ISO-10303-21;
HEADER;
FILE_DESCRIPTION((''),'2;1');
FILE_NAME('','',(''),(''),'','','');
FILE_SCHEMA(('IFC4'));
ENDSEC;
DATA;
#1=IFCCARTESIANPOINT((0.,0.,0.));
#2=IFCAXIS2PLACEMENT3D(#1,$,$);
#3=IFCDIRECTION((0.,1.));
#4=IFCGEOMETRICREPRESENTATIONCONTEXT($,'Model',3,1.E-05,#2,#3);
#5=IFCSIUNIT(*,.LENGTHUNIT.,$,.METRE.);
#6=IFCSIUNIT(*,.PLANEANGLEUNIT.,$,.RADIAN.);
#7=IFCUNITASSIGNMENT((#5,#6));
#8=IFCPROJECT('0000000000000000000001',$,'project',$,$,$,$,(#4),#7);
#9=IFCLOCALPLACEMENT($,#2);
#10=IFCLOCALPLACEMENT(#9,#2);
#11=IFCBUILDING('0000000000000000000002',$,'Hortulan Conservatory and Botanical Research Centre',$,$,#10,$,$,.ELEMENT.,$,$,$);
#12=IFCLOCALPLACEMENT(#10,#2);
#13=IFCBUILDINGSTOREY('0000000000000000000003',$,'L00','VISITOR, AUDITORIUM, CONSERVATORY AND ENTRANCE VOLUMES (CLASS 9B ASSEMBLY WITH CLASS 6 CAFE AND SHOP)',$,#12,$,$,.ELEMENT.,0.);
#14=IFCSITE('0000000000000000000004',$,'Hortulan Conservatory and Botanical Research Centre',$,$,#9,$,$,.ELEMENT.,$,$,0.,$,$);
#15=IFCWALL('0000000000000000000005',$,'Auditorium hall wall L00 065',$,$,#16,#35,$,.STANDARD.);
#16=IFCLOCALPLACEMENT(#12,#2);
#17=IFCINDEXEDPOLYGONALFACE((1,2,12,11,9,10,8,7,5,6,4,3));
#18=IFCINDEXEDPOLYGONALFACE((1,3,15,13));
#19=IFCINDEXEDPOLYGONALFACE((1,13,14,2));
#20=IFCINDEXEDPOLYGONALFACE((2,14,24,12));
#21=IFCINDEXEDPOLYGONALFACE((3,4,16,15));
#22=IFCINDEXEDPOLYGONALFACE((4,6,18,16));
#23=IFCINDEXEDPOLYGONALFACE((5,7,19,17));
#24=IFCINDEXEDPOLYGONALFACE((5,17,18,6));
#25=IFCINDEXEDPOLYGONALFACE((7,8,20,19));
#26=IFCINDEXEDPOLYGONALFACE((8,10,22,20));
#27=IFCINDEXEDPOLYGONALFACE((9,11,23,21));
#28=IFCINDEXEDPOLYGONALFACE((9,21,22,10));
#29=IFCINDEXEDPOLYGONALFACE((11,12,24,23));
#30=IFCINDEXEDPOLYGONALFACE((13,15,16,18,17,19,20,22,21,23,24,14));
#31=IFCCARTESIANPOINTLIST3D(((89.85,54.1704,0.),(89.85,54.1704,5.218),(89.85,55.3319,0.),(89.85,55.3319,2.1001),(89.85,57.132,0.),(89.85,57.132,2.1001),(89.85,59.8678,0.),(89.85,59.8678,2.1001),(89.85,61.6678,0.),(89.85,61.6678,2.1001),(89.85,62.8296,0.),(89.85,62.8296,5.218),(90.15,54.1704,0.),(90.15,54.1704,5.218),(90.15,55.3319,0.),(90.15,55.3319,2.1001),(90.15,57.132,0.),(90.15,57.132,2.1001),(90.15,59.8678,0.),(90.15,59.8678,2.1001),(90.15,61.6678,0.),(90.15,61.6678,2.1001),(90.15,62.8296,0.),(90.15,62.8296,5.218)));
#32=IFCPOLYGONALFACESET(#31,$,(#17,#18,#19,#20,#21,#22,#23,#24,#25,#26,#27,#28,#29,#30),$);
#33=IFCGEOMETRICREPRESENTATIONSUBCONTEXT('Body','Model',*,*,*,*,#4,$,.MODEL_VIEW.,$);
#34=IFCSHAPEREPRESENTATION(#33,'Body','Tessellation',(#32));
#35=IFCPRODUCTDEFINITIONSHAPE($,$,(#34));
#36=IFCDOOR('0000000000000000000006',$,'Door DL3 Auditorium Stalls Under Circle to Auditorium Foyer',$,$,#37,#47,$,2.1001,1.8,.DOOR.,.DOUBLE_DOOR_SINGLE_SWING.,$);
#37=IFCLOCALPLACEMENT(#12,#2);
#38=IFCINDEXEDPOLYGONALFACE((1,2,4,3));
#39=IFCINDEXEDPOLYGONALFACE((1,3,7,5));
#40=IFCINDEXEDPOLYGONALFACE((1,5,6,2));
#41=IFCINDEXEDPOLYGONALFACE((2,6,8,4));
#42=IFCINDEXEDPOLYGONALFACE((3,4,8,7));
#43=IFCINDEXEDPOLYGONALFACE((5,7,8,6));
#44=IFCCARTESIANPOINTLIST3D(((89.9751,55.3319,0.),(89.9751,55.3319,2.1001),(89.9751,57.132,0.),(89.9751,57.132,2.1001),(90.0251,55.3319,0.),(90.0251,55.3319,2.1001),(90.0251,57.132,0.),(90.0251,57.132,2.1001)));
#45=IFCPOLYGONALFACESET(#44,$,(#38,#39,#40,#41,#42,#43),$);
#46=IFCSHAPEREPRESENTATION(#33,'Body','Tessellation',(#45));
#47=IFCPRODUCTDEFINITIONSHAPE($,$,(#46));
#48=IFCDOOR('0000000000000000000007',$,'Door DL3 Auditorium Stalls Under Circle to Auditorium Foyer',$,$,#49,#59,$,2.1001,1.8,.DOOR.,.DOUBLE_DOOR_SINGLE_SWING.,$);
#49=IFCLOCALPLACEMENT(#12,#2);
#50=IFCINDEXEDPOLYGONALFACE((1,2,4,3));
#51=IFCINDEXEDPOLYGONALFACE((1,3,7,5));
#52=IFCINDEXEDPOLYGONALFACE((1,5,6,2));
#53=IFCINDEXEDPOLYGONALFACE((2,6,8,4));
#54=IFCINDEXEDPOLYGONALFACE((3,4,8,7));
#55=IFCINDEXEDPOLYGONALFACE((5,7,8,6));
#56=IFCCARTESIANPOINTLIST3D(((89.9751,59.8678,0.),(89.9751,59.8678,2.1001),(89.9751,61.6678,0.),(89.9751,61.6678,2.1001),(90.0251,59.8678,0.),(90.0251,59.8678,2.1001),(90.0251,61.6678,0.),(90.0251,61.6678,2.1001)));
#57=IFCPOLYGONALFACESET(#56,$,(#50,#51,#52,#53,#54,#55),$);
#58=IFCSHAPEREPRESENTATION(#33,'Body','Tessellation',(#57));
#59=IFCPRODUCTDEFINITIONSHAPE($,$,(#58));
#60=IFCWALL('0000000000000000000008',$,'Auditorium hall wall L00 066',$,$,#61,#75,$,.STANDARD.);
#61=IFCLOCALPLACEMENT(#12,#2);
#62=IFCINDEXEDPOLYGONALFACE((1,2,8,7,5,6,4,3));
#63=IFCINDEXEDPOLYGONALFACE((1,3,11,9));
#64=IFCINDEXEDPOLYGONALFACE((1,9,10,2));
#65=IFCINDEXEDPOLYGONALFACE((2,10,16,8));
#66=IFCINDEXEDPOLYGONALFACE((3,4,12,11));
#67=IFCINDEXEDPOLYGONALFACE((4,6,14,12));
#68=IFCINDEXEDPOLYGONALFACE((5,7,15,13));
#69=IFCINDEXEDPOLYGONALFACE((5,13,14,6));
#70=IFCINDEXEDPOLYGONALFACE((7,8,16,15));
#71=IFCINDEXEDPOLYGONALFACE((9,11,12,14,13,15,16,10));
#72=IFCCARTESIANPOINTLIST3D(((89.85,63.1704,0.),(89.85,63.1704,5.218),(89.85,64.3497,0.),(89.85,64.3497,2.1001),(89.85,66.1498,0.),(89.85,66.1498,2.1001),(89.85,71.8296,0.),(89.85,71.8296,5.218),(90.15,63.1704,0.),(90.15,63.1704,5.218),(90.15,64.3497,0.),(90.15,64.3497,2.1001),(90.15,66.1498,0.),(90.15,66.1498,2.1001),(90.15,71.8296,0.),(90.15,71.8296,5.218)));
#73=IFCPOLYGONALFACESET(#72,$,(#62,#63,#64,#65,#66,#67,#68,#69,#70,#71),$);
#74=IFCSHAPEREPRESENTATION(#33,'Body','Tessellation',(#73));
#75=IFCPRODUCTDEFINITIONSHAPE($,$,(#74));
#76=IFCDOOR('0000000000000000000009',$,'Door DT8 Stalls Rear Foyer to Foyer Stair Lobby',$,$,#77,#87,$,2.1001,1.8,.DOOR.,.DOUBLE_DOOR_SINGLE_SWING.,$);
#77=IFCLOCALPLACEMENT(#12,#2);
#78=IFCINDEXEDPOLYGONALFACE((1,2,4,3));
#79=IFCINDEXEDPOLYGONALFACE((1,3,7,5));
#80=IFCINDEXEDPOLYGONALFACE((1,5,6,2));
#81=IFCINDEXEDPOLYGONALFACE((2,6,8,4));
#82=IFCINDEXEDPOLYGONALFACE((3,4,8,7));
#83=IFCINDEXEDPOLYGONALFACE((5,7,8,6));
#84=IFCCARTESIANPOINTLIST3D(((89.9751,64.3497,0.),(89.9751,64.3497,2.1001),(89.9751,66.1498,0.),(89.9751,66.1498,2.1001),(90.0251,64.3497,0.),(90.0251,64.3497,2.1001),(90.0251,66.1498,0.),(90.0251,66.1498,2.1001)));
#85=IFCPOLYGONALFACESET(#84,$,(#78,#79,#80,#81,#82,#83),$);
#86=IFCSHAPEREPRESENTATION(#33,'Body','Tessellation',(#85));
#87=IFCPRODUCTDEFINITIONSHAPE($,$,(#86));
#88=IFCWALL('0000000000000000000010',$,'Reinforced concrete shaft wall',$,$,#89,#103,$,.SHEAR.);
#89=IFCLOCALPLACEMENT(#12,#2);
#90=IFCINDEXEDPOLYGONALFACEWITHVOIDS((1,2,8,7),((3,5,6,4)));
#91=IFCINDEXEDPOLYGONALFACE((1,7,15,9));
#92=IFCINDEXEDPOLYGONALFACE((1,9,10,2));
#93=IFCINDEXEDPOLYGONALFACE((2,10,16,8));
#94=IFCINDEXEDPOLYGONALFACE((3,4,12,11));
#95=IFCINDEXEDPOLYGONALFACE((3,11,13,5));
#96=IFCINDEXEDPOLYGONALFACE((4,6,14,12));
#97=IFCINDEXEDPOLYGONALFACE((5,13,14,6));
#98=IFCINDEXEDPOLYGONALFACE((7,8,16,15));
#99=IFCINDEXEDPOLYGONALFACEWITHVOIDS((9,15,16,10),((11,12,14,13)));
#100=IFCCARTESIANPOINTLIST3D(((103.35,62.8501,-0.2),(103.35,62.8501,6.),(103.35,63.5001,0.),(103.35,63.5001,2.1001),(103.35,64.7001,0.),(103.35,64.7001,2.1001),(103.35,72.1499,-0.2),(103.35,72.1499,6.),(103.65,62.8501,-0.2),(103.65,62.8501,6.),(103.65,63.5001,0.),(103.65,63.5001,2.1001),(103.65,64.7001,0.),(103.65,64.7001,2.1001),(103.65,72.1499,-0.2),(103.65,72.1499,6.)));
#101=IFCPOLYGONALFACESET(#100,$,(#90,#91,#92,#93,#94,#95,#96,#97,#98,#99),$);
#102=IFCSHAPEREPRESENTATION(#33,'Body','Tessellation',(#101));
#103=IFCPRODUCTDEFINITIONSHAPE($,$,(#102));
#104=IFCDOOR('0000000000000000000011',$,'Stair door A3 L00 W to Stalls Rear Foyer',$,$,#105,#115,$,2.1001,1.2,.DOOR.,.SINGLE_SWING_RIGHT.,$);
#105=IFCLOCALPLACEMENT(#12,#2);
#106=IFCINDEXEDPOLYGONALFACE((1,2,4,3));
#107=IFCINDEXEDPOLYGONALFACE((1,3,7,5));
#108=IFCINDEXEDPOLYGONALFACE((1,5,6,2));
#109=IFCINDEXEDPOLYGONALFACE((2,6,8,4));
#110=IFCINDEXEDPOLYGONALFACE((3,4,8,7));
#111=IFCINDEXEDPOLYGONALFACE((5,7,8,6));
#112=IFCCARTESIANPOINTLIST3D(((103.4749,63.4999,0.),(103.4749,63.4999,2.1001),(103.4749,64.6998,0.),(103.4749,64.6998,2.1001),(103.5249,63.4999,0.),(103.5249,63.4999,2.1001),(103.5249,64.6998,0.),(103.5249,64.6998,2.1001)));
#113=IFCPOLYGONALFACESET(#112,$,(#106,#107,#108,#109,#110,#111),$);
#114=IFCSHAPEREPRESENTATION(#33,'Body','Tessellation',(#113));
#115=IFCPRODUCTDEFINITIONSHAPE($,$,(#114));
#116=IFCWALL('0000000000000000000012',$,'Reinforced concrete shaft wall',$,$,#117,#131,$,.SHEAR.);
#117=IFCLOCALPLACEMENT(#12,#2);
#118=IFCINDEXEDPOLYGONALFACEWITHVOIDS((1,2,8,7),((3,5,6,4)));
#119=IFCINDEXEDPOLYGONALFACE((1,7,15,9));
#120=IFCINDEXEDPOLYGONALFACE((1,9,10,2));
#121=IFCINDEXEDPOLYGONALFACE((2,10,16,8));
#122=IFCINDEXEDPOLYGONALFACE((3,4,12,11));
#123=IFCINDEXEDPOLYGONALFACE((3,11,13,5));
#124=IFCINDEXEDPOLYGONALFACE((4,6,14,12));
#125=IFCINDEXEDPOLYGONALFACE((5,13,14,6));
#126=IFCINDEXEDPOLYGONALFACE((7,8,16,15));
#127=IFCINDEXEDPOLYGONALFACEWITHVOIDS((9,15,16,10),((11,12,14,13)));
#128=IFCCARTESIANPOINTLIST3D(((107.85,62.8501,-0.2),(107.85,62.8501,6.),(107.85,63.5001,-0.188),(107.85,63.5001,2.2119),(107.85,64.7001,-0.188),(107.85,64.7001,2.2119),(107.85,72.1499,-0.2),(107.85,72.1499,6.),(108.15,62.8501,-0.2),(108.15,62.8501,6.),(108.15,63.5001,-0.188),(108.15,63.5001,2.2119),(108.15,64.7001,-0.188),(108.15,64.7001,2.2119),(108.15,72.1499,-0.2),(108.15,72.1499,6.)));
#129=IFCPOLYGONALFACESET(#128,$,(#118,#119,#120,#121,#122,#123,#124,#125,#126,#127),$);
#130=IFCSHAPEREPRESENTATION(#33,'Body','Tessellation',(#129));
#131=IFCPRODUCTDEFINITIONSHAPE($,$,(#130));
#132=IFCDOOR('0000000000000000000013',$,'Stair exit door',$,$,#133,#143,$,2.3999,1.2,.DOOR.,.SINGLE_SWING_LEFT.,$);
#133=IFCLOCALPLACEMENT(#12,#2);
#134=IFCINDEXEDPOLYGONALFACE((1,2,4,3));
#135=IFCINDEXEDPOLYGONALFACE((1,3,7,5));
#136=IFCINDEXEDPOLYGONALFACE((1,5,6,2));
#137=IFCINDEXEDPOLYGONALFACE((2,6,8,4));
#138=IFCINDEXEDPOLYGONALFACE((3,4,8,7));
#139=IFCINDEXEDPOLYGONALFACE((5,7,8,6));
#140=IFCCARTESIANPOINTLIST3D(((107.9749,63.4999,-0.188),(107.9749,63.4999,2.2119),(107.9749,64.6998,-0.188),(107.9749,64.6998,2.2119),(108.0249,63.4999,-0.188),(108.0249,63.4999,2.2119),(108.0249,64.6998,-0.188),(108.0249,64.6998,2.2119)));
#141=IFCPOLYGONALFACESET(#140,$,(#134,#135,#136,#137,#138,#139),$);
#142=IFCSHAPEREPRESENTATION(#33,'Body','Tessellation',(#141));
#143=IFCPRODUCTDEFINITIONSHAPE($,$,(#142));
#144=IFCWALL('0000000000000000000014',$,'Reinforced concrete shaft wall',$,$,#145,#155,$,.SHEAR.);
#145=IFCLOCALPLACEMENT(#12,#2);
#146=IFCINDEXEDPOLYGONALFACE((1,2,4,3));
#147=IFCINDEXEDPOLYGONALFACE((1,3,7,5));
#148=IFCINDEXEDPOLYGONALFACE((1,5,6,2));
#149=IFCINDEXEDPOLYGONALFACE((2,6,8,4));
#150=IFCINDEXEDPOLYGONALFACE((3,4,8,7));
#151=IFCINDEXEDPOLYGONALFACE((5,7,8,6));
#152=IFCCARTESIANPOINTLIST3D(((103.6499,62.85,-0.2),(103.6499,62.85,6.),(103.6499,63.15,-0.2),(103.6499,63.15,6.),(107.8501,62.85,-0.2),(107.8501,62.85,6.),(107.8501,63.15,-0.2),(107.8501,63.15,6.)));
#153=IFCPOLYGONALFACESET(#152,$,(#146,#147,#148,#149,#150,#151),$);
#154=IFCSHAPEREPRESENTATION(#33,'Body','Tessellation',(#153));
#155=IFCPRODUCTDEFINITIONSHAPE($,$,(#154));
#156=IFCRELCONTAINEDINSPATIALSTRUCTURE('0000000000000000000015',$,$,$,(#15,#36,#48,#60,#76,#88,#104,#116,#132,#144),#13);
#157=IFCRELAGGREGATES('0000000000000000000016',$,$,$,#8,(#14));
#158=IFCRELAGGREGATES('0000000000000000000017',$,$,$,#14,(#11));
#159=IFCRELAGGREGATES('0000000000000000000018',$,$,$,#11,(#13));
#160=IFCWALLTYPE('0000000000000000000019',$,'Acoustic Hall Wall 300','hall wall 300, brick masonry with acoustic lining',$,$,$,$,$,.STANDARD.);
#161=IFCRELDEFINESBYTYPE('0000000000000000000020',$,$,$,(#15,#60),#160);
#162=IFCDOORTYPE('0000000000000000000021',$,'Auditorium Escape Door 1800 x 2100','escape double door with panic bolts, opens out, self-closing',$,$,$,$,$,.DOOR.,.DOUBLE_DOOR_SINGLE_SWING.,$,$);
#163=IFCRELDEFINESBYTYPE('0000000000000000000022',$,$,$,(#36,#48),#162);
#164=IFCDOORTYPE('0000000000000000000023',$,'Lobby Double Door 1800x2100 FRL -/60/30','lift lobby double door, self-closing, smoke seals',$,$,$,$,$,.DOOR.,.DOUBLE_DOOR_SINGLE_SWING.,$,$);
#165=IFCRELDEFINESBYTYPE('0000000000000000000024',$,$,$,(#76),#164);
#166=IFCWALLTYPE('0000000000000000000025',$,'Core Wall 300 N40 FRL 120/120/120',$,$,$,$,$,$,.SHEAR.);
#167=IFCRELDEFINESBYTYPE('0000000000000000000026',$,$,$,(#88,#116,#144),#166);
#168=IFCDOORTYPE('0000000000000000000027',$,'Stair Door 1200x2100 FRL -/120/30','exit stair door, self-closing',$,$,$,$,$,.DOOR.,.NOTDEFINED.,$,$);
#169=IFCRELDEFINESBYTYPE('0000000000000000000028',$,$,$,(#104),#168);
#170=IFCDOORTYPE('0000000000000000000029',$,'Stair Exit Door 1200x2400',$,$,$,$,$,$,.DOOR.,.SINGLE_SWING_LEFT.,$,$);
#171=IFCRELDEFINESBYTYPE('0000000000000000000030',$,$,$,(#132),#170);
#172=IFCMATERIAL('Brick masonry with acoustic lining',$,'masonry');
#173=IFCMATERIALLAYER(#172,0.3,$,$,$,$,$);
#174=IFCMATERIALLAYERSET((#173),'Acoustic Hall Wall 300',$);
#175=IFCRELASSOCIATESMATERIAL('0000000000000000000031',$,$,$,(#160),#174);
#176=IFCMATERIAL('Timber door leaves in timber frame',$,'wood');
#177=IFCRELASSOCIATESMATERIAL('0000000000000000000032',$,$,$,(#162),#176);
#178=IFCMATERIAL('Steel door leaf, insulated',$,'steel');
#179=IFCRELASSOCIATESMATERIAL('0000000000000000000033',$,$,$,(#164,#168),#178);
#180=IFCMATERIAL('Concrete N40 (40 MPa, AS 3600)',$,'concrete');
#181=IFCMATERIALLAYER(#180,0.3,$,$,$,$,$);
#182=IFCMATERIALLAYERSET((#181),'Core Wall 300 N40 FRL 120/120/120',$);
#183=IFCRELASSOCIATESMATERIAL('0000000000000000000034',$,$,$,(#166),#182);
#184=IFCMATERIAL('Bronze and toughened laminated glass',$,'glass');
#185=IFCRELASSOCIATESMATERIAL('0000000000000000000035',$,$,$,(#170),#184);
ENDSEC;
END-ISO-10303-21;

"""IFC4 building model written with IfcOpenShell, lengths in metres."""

from ifc_helpers import new_model, si_unit, direction, frame, frame_2d, origin, place, context, subcontext, project, spatial, rectangle, extrude, material, layer, layer_set, type_object, element, fill, save


model = new_model("IFC4")

# Units and contexts
model_context = context("Model", 3, precision=1e-05, world=origin(), true_north=direction((0.0, 1.0)))
body_context = subcontext(model_context, "Body", "Model", "MODEL_VIEW")
ifc_project = project(units=[si_unit("LENGTHUNIT", "METRE"), si_unit("PLANEANGLEUNIT", "RADIAN")], contexts=[model_context])

# Site, building, storey
site_placement = place(None, origin())
site = spatial("IfcSite", under=ifc_project, at=site_placement, Name="Hortulan Conservatory and Botanical Research Centre", CompositionType="ELEMENT", RefElevation=0.0)
building_placement = place(site_placement, origin())
building = spatial("IfcBuilding", under=site, at=building_placement, Name="Hortulan Conservatory and Botanical Research Centre", CompositionType="ELEMENT")
storey_placement = place(building_placement, origin())
storey = spatial("IfcBuildingStorey", under=building, at=storey_placement, Name="L00", Description="VISITOR, AUDITORIUM, CONSERVATORY AND ENTRANCE VOLUMES (CLASS 9B ASSEMBLY WITH CLASS 6 CAFE AND SHOP)", CompositionType="ELEMENT", Elevation=0.0)

# Shared definitions
ifc_material_1 = material(Name="Concrete N40 (40 MPa, AS 3600)", Category="concrete")

# Wall, openings, doors
ifc_material_2 = material(Name="Brick masonry with acoustic lining", Category="masonry")
ifc_layer_1 = layer(ifc_material_2, 0.3)
ifc_layer_set_1 = layer_set([ifc_layer_1], Name="Acoustic Hall Wall 300")
wall_type_1 = type_object("IfcWallType", Name="Acoustic Hall Wall 300", Description="hall wall 300, brick masonry with acoustic lining", PredefinedType="STANDARD", material=ifc_layer_set_1)
wall_1_placement = place(storey_placement, frame((90.0, 54.1704, 0.0), z_axis=(0.0, 0.0, 1.0), x_axis=(0.0, 1.0, 0.0)))
wall_1 = element("IfcWall", 1, at=wall_1_placement, inside=storey, type_object=wall_type_1, Name="Auditorium hall wall L00 065", PredefinedType="STANDARD", context=body_context, shape_type="SweptSolid", body=[
    extrude(rectangle(XDim=8.6592, YDim=0.3, at=frame_2d((4.3296, 0.0))), origin(), (0.0, 0.0, 1.0), 5.218),
])
opening_1_placement = place(wall_1_placement, frame((1.1616, 0.0, 0.0)))
opening_1 = element("IfcOpeningElement", 2, at=opening_1_placement, cuts=wall_1, PredefinedType="OPENING", context=body_context, shape_type="SweptSolid", body=[
    extrude(rectangle(XDim=1.8, YDim=2.1001, at=frame_2d((0.8999, 1.05))), frame((0.0, 0.1599, 0.0), z_axis=(0.0, -1.0, 0.0), x_axis=(1.0, 0.0, 0.0)), (0.0, 0.0, 1.0), 0.3201),
])
opening_2_placement = place(wall_1_placement, frame((5.6975, 0.0, 0.0)))
opening_2 = element("IfcOpeningElement", 3, at=opening_2_placement, cuts=wall_1, PredefinedType="OPENING", context=body_context, shape_type="SweptSolid", body=[
    extrude(rectangle(XDim=1.8, YDim=2.1001, at=frame_2d((0.8999, 1.05))), frame((0.0, 0.1599, 0.0), z_axis=(0.0, -1.0, 0.0), x_axis=(1.0, 0.0, 0.0)), (0.0, 0.0, 1.0), 0.3201),
])
ifc_material_3 = material(Name="Timber door leaves in timber frame", Category="wood")
door_type_1 = type_object("IfcDoorType", Name="Auditorium Escape Door 1800 x 2100", Description="escape double door with panic bolts, opens out, self-closing", OperationType="DOUBLE_DOOR_SINGLE_SWING", PredefinedType="DOOR", material=ifc_material_3)
door_1_placement = place(opening_1_placement, origin())
door_1 = element("IfcDoor", 4, at=door_1_placement, inside=storey, type_object=door_type_1, Name="Door DL3 Auditorium Stalls Under Circle to Auditorium Foyer", OperationType="DOUBLE_DOOR_SINGLE_SWING", OverallHeight=2.1001, OverallWidth=1.8, PredefinedType="DOOR", context=body_context, shape_type="SweptSolid", body=[
    extrude(rectangle(XDim=1.8, YDim=2.1001, at=frame_2d((0.8999, 1.05))), frame((0.0, 0.0249, 0.0), z_axis=(0.0, -1.0, 0.0), x_axis=(1.0, 0.0, 0.0)), (0.0, 0.0, 1.0), 0.05),
])
fill(opening_1, door_1)
door_2_placement = place(opening_2_placement, origin())
door_2 = element("IfcDoor", 5, at=door_2_placement, inside=storey, type_object=door_type_1, Name="Door DL3 Auditorium Stalls Under Circle to Auditorium Foyer", OperationType="DOUBLE_DOOR_SINGLE_SWING", OverallHeight=2.1001, OverallWidth=1.8, PredefinedType="DOOR", context=body_context, shape_type="SweptSolid", body=[
    extrude(rectangle(XDim=1.8, YDim=2.1001, at=frame_2d((0.8999, 1.05))), frame((0.0, 0.0249, 0.0), z_axis=(0.0, -1.0, 0.0), x_axis=(1.0, 0.0, 0.0)), (0.0, 0.0, 1.0), 0.05),
])
fill(opening_2, door_2)

# Walls, openings, doors
wall_2_placement = place(storey_placement, frame((90.0, 63.1704, 0.0), z_axis=(0.0, 0.0, 1.0), x_axis=(0.0, 1.0, 0.0)))
wall_2 = element("IfcWall", 6, at=wall_2_placement, inside=storey, type_object=wall_type_1, Name="Auditorium hall wall L00 066", PredefinedType="STANDARD", context=body_context, shape_type="SweptSolid", body=[
    extrude(rectangle(XDim=8.6592, YDim=0.3, at=frame_2d((4.3296, 0.0))), origin(), (0.0, 0.0, 1.0), 5.218),
])
opening_3_placement = place(wall_2_placement, frame((1.1794, 0.0, 0.0)))
opening_3 = element("IfcOpeningElement", 7, at=opening_3_placement, cuts=wall_2, PredefinedType="OPENING", context=body_context, shape_type="SweptSolid", body=[
    extrude(rectangle(XDim=1.8, YDim=2.1001, at=frame_2d((0.8999, 1.05))), frame((0.0, 0.1599, 0.0), z_axis=(0.0, -1.0, 0.0), x_axis=(1.0, 0.0, 0.0)), (0.0, 0.0, 1.0), 0.3201),
])
ifc_material_4 = material(Name="Steel door leaf, insulated", Category="steel")
door_type_2 = type_object("IfcDoorType", Name="Lobby Double Door 1800x2100 FRL -/60/30", Description="lift lobby double door, self-closing, smoke seals", OperationType="DOUBLE_DOOR_SINGLE_SWING", PredefinedType="DOOR", material=ifc_material_4)
door_3_placement = place(opening_3_placement, origin())
door_3 = element("IfcDoor", 8, at=door_3_placement, inside=storey, type_object=door_type_2, Name="Door DT8 Stalls Rear Foyer to Foyer Stair Lobby", OperationType="DOUBLE_DOOR_SINGLE_SWING", OverallHeight=2.1001, OverallWidth=1.8, PredefinedType="DOOR", context=body_context, shape_type="SweptSolid", body=[
    extrude(rectangle(XDim=1.8, YDim=2.1001, at=frame_2d((0.8999, 1.05))), frame((0.0, 0.0249, 0.0), z_axis=(0.0, -1.0, 0.0), x_axis=(1.0, 0.0, 0.0)), (0.0, 0.0, 1.0), 0.05),
])
fill(opening_3, door_3)
ifc_layer_2 = layer(ifc_material_1, 0.3)
ifc_layer_set_2 = layer_set([ifc_layer_2], Name="Core Wall 300 N40 FRL 120/120/120")
wall_type_2 = type_object("IfcWallType", Name="Core Wall 300 N40 FRL 120/120/120", PredefinedType="SHEAR", material=ifc_layer_set_2)
wall_3_placement = place(storey_placement, frame((103.5, 62.8501, -0.2), z_axis=(0.0, 0.0, 1.0), x_axis=(0.0, 1.0, 0.0)))
wall_3 = element("IfcWall", 9, at=wall_3_placement, inside=storey, type_object=wall_type_2, Name="Reinforced concrete shaft wall", PredefinedType="SHEAR", context=body_context, shape_type="SweptSolid", body=[
    extrude(rectangle(XDim=9.2998, YDim=0.3, at=frame_2d((4.6499, 0.0))), origin(), (0.0, 0.0, 1.0), 6.2),
])
opening_4_placement = place(wall_3_placement, frame((0.6499, 0.0, 0.2)))
opening_4 = element("IfcOpeningElement", 10, at=opening_4_placement, cuts=wall_3, PredefinedType="OPENING", context=body_context, shape_type="SweptSolid", body=[
    extrude(rectangle(XDim=1.2, YDim=2.1001, at=frame_2d((0.6001, 1.05))), frame((0.0, 0.1599, 0.0), z_axis=(0.0, -1.0, 0.0), x_axis=(1.0, 0.0, 0.0)), (0.0, 0.0, 1.0), 0.3201),
])
door_type_3 = type_object("IfcDoorType", Name="Stair Door 1200x2100 FRL -/120/30", Description="exit stair door, self-closing", OperationType="NOTDEFINED", PredefinedType="DOOR", material=ifc_material_4)
door_4_placement = place(opening_4_placement, frame((1.2, 0.0, 0.0), z_axis=(0.0, 0.0, 1.0), x_axis=(-1.0, 0.0, 0.0)))
door_4 = element("IfcDoor", 11, at=door_4_placement, inside=storey, type_object=door_type_3, Name="Stair door A3 L00 W to Stalls Rear Foyer", OperationType="SINGLE_SWING_RIGHT", OverallHeight=2.1001, OverallWidth=1.2, PredefinedType="DOOR", context=body_context, shape_type="SweptSolid", body=[
    extrude(rectangle(XDim=1.2, YDim=2.1001, at=frame_2d((0.6001, 1.05))), frame((0.0, 0.0249, 0.0), z_axis=(0.0, -1.0, 0.0), x_axis=(1.0, 0.0, 0.0)), (0.0, 0.0, 1.0), 0.05),
])
fill(opening_4, door_4)
wall_4_placement = place(storey_placement, frame((108.0, 62.8501, -0.2), z_axis=(0.0, 0.0, 1.0), x_axis=(0.0, 1.0, 0.0)))
wall_4 = element("IfcWall", 12, at=wall_4_placement, inside=storey, type_object=wall_type_2, Name="Reinforced concrete shaft wall", PredefinedType="SHEAR", context=body_context, shape_type="SweptSolid", body=[
    extrude(rectangle(XDim=9.2998, YDim=0.3, at=frame_2d((4.6499, 0.0))), origin(), (0.0, 0.0, 1.0), 6.2),
])
opening_5_placement = place(wall_4_placement, frame((0.6499, 0.0, 0.012)))
opening_5 = element("IfcOpeningElement", 13, at=opening_5_placement, cuts=wall_4, PredefinedType="OPENING", context=body_context, shape_type="SweptSolid", body=[
    extrude(rectangle(XDim=1.2, YDim=2.3999, at=frame_2d((0.6001, 1.2))), frame((0.0, 0.1599, 0.0), z_axis=(0.0, -1.0, 0.0), x_axis=(1.0, 0.0, 0.0)), (0.0, 0.0, 1.0), 0.3201),
])
ifc_material_5 = material(Name="Bronze and toughened laminated glass", Category="glass")
door_type_4 = type_object("IfcDoorType", Name="Stair Exit Door 1200x2400", OperationType="SINGLE_SWING_LEFT", PredefinedType="DOOR", material=ifc_material_5)
door_5_placement = place(opening_5_placement, frame((1.2, 0.0, 0.0), z_axis=(0.0, 0.0, 1.0), x_axis=(-1.0, 0.0, 0.0)))
door_5 = element("IfcDoor", 14, at=door_5_placement, inside=storey, type_object=door_type_4, Name="Stair exit door", OperationType="SINGLE_SWING_LEFT", OverallHeight=2.3999, OverallWidth=1.2, PredefinedType="DOOR", context=body_context, shape_type="SweptSolid", body=[
    extrude(rectangle(XDim=1.2, YDim=2.3999, at=frame_2d((0.6001, 1.2))), frame((0.0, 0.0249, 0.0), z_axis=(0.0, -1.0, 0.0), x_axis=(1.0, 0.0, 0.0)), (0.0, 0.0, 1.0), 0.05),
])
fill(opening_5, door_5)

# Wall
wall_5_placement = place(storey_placement, frame((103.6499, 63.0, -0.2), z_axis=(0.0, 0.0, 1.0), x_axis=(1.0, 0.0, 0.0)))
element("IfcWall", 15, at=wall_5_placement, inside=storey, type_object=wall_type_2, Name="Reinforced concrete shaft wall", PredefinedType="SHEAR", context=body_context, shape_type="SweptSolid", body=[
    extrude(rectangle(XDim=4.2002, YDim=0.3, at=frame_2d((2.1001, 0.0))), origin(), (0.0, 0.0, 1.0), 6.2),
])

save(model, "model.ifc")
